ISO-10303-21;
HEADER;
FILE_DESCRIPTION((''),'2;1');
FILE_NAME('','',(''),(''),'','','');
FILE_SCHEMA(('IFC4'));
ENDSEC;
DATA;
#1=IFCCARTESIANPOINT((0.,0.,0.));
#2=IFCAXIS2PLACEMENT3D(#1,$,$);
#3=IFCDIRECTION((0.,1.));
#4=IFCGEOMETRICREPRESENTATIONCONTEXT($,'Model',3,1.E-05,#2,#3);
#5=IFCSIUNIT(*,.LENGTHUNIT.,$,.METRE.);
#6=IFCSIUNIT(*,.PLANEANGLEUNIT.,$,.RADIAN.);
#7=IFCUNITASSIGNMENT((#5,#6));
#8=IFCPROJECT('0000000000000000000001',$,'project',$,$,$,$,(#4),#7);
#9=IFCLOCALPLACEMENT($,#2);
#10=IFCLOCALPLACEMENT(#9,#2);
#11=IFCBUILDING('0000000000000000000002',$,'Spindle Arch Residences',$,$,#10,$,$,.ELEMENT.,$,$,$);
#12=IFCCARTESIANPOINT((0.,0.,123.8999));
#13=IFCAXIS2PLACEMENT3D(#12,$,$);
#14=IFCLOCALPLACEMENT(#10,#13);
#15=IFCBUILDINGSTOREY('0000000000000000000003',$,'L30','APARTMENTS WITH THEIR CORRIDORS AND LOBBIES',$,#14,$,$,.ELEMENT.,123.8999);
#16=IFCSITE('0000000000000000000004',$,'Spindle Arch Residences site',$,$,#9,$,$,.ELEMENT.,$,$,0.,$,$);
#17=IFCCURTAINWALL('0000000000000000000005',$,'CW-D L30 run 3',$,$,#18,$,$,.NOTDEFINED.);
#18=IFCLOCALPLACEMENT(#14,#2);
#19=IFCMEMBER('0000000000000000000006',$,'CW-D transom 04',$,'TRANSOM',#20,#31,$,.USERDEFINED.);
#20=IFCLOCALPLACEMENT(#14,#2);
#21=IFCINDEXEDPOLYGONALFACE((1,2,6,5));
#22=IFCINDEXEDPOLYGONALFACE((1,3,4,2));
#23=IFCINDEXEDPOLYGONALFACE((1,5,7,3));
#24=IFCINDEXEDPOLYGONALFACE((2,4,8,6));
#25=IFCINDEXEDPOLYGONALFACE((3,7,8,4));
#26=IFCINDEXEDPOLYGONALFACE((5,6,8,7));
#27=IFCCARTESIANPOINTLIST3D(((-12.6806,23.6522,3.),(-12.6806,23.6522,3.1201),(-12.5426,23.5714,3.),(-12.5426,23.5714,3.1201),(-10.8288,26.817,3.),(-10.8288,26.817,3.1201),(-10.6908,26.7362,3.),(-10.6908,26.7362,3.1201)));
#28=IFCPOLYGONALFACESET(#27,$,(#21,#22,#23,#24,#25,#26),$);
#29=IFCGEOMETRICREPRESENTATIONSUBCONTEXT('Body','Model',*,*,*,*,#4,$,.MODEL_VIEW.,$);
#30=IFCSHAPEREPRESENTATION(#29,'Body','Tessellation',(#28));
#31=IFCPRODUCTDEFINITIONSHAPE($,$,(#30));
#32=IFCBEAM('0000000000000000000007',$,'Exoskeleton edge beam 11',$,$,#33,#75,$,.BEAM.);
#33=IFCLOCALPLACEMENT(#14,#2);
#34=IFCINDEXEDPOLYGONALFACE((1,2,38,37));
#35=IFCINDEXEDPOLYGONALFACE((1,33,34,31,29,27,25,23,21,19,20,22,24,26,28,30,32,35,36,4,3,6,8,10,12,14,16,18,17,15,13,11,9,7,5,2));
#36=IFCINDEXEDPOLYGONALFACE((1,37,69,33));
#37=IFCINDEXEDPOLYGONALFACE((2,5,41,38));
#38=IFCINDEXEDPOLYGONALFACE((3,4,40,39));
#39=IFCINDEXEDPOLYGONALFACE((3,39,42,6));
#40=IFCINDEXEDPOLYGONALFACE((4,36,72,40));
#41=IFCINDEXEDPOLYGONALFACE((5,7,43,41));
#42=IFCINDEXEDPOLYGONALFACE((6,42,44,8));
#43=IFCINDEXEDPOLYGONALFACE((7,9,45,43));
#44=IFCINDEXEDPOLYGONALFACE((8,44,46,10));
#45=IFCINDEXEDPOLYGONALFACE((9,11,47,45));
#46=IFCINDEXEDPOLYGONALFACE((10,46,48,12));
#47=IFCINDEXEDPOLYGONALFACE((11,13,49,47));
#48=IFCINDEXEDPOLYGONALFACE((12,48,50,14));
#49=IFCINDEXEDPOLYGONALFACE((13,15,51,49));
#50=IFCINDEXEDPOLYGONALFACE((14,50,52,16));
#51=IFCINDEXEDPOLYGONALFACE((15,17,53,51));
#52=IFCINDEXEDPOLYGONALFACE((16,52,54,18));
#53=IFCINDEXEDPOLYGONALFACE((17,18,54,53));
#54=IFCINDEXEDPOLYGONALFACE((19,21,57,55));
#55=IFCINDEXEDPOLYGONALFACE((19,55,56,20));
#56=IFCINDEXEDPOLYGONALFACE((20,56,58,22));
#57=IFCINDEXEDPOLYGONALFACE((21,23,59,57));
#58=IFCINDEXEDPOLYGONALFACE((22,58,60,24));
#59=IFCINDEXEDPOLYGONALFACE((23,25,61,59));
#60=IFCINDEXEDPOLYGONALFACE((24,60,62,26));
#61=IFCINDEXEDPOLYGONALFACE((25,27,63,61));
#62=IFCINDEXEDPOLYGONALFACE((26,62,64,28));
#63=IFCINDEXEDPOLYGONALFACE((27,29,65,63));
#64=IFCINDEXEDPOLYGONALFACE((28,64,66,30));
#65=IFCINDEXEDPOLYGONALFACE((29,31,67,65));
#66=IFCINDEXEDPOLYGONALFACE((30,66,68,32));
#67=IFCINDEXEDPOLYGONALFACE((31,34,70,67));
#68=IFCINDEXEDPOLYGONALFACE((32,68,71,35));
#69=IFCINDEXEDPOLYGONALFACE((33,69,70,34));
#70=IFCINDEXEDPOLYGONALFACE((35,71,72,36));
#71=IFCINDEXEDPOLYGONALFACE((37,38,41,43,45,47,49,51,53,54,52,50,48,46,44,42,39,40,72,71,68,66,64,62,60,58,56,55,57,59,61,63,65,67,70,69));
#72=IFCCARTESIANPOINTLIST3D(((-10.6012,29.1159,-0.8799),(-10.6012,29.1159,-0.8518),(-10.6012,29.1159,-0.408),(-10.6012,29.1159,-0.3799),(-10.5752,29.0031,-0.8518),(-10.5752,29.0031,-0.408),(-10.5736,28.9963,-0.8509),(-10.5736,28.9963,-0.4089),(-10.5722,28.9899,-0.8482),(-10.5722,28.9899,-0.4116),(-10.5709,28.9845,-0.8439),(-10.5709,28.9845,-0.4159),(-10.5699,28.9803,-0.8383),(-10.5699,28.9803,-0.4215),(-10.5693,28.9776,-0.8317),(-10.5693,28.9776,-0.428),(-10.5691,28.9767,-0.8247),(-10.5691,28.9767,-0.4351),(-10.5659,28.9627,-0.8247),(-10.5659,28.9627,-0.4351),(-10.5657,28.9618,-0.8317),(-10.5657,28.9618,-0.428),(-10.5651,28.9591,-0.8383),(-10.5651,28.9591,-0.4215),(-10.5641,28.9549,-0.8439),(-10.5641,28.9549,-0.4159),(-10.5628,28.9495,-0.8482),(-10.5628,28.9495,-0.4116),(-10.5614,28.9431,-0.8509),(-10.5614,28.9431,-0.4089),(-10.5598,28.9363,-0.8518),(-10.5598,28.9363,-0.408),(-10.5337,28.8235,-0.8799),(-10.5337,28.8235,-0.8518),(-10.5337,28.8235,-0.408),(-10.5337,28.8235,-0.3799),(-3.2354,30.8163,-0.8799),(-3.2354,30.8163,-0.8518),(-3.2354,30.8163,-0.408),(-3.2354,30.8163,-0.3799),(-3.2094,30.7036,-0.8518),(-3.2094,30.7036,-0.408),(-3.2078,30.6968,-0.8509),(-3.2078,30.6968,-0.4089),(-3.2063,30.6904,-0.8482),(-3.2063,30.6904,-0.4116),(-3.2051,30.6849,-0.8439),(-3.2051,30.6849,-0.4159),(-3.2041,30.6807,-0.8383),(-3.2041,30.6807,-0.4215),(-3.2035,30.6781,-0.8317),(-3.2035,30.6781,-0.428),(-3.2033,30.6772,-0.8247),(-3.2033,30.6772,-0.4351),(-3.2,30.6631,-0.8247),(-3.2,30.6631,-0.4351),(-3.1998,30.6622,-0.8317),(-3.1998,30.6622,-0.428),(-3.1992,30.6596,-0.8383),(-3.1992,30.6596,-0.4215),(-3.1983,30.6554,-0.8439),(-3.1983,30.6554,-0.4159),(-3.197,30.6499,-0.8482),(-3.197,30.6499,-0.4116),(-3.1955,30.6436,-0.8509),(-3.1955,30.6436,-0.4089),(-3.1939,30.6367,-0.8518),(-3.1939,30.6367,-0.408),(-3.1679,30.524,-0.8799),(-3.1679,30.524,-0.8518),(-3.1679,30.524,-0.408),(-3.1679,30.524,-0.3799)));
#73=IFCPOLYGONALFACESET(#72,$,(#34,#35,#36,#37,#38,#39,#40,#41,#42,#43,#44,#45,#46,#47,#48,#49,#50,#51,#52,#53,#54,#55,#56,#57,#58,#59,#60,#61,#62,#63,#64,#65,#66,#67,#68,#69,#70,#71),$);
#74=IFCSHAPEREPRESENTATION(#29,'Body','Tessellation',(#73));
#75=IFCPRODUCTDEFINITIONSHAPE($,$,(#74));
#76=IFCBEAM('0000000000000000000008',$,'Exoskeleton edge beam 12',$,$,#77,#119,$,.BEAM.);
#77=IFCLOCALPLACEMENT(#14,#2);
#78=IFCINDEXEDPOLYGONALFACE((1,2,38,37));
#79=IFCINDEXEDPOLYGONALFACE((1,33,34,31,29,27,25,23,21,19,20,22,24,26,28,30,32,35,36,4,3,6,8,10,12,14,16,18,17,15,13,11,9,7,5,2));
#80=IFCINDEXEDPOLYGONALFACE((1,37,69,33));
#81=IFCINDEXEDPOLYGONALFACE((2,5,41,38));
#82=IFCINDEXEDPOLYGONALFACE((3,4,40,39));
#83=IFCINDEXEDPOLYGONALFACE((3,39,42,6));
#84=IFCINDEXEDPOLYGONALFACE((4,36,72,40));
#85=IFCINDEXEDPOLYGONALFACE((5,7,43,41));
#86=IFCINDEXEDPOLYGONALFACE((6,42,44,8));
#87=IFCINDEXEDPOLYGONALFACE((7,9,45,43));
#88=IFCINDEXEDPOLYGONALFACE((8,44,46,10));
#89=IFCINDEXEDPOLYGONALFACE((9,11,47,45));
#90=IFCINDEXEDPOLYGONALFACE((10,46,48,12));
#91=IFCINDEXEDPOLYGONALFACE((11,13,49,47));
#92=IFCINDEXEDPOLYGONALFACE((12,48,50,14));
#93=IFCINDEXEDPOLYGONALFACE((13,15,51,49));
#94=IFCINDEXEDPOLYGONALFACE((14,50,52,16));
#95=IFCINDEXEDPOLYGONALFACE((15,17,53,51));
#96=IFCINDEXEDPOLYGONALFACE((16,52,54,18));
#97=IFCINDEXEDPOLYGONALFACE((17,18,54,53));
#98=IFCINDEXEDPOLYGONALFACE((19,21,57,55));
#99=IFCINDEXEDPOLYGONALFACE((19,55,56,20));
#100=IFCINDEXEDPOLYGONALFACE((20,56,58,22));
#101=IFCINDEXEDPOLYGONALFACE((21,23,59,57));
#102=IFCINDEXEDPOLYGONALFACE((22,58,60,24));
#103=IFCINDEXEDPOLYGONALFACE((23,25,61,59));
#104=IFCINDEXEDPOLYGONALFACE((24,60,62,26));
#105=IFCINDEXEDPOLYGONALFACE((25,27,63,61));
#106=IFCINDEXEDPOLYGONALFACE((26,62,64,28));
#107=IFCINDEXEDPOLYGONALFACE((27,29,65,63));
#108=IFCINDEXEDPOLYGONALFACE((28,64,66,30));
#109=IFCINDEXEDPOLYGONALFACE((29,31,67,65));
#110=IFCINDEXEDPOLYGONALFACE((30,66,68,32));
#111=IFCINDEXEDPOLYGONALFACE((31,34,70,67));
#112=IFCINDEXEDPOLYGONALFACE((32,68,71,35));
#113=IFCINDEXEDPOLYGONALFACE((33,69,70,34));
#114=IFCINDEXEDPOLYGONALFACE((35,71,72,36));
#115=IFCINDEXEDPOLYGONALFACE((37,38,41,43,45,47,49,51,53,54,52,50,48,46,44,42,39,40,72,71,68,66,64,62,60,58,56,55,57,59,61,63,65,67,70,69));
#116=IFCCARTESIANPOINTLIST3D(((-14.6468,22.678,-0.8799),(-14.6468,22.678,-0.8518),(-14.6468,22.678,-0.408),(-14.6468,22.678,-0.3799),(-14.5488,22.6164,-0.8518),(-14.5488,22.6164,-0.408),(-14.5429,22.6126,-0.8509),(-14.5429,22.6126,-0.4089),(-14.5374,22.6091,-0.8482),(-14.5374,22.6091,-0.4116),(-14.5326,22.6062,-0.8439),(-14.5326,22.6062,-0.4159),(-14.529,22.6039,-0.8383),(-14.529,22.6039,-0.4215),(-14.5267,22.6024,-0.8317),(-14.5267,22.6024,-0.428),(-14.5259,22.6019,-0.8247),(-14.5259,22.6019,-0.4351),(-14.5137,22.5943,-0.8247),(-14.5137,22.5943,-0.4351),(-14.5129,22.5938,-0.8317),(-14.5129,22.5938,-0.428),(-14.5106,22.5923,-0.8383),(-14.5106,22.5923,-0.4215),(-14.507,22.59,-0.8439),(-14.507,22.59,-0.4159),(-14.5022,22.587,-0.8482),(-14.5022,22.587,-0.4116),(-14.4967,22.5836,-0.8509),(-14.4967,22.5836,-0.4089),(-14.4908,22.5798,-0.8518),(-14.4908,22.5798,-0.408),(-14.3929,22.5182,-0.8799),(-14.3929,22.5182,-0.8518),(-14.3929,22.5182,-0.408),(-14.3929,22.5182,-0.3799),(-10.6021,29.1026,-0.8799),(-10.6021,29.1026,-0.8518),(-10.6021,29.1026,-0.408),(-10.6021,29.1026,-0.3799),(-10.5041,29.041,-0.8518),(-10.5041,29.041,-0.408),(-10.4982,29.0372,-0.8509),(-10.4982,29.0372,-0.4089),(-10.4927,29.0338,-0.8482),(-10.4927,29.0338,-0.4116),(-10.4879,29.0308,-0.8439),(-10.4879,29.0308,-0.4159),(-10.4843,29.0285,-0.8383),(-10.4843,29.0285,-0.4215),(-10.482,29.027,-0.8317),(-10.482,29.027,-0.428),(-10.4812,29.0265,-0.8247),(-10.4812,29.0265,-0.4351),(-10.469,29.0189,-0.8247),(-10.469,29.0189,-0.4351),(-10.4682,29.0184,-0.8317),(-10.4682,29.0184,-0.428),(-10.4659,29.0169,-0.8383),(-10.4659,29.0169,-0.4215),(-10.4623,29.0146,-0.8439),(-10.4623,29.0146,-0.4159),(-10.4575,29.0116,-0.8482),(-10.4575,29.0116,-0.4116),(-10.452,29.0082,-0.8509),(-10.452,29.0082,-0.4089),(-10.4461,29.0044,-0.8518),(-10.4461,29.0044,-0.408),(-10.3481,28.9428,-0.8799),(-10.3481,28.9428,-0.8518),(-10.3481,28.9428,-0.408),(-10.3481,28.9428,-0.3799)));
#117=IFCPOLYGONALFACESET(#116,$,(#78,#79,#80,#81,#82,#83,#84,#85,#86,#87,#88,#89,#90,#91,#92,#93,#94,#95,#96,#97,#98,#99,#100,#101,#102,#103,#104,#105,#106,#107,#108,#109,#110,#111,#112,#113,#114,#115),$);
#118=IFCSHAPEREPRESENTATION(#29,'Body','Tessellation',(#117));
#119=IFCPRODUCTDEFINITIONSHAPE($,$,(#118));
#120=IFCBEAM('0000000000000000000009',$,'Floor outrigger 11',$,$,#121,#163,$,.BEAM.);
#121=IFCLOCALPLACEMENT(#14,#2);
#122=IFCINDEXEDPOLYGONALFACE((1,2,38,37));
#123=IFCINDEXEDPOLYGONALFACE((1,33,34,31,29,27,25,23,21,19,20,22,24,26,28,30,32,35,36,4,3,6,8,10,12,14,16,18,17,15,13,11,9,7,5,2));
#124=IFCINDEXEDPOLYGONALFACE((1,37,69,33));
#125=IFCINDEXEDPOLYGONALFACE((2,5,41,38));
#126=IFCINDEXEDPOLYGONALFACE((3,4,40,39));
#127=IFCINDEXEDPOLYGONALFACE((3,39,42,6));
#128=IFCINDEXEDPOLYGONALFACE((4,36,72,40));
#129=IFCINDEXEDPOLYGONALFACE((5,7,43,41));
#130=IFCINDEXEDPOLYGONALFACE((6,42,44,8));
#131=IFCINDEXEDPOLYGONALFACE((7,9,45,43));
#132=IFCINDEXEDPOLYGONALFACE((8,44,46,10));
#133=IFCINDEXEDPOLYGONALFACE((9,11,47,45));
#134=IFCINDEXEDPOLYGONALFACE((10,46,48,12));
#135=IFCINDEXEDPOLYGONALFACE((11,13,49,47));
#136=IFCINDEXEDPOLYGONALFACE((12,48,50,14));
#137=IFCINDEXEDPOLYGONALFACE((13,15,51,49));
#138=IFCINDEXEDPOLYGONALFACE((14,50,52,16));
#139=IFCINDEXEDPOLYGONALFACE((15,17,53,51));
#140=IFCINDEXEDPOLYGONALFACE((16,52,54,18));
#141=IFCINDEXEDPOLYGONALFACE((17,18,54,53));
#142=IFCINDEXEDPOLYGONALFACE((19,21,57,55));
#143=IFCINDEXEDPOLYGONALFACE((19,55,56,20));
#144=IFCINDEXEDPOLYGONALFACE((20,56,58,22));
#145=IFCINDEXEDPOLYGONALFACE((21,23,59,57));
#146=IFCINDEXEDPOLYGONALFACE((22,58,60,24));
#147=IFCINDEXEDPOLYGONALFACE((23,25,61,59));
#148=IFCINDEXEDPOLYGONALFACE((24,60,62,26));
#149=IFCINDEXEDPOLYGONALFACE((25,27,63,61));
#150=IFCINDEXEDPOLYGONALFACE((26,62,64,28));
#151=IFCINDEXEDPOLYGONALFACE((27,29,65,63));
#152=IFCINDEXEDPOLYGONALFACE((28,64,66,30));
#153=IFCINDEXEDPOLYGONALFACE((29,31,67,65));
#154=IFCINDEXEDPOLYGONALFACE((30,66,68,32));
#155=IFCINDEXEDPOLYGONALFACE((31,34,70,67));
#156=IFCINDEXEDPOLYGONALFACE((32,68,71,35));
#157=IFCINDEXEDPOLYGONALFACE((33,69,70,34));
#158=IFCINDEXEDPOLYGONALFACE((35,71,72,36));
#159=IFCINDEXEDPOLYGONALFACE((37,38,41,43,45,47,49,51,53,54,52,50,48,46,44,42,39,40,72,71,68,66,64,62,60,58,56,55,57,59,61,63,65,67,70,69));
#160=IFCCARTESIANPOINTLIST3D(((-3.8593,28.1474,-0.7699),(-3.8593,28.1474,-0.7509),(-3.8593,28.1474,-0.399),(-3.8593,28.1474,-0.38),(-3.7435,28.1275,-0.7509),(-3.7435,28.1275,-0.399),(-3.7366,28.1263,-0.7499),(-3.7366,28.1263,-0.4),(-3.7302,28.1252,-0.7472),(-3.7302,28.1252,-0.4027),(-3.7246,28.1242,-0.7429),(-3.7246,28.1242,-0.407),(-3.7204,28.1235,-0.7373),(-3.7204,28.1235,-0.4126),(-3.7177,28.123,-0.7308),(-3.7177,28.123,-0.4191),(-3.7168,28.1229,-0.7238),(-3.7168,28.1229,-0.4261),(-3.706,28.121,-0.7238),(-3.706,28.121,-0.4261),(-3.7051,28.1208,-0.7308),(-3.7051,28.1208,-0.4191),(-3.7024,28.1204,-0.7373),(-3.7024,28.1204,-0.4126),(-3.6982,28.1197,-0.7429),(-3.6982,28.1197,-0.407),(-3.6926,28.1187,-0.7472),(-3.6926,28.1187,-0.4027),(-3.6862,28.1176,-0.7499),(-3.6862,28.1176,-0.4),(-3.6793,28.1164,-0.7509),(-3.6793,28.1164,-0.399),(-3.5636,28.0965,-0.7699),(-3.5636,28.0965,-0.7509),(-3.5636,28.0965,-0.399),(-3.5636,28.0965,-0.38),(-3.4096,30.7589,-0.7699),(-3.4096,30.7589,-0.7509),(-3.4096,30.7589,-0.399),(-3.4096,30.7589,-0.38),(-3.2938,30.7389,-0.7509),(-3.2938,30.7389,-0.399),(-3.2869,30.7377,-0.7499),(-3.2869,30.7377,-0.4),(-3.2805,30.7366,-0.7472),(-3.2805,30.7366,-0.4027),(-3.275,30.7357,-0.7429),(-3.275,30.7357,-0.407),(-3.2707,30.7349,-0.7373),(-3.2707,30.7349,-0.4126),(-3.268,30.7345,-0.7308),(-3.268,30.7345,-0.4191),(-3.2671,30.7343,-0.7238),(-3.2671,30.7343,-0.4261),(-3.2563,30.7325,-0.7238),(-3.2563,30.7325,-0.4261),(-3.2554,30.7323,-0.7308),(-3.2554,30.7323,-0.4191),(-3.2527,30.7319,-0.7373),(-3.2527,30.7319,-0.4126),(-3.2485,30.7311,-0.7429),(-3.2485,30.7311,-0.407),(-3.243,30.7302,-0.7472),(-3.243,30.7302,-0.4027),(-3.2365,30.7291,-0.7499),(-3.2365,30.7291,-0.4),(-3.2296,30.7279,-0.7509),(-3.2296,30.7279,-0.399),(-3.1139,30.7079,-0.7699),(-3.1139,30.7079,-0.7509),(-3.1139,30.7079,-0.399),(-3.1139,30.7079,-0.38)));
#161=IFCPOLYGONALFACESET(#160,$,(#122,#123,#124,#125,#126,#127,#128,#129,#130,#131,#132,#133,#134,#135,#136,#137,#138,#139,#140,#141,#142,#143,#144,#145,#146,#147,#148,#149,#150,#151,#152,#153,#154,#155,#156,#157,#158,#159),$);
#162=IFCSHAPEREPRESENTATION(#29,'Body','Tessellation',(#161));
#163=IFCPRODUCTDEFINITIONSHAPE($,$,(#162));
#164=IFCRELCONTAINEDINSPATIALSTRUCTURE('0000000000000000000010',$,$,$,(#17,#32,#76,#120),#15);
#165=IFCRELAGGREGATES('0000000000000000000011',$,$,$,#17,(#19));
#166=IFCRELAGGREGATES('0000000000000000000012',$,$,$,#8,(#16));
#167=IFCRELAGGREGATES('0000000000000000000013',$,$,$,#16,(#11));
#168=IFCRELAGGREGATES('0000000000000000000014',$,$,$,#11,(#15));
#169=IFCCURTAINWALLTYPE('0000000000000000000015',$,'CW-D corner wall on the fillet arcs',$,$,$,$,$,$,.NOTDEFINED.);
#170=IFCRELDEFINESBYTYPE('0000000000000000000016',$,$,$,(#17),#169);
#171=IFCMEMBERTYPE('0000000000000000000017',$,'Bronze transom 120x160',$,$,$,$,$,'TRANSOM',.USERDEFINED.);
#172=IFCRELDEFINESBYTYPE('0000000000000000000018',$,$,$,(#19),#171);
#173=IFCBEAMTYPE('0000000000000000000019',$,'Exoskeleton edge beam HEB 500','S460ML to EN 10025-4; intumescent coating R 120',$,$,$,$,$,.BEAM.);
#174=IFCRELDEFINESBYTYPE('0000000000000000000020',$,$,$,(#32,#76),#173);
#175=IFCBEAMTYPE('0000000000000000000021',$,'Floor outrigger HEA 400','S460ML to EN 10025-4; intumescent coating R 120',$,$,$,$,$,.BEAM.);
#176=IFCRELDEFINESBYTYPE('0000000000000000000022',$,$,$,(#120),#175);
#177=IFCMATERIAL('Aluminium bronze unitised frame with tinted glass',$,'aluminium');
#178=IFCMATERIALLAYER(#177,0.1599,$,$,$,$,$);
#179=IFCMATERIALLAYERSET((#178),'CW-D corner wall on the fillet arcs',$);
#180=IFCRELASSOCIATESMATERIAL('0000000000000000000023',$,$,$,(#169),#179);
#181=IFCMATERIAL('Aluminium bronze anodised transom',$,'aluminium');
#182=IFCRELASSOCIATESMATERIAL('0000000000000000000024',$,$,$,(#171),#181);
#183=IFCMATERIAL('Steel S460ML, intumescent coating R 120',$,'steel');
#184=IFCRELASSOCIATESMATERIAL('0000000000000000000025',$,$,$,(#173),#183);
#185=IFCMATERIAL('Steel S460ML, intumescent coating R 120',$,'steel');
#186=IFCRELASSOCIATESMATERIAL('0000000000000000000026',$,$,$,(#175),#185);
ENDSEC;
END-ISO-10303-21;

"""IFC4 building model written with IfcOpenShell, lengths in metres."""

from ifc_helpers import new_model, si_unit, direction, frame, origin, origin_2d, place, context, subcontext, project, spatial, rectangle, i_section, extrude, material, layer, layer_set, material_profile, profile_set, type_object, element, aggregate, save


model = new_model("IFC4")

# Units and contexts
model_context = context("Model", 3, precision=1e-05, world=origin(), true_north=direction((0.0, 1.0)))
body_context = subcontext(model_context, "Body", "Model", "MODEL_VIEW")
ifc_project = project(units=[si_unit("LENGTHUNIT", "METRE"), si_unit("PLANEANGLEUNIT", "RADIAN")], contexts=[model_context])

# Site, building, storey
site_placement = place(None, origin())
site = spatial("IfcSite", under=ifc_project, at=site_placement, Name="Spindle Arch Residences site", CompositionType="ELEMENT", RefElevation=0.0)
building_placement = place(site_placement, origin())
building = spatial("IfcBuilding", under=site, at=building_placement, Name="Spindle Arch Residences", CompositionType="ELEMENT")
storey_placement = place(building_placement, frame((0.0, 0.0, 123.8999)))
storey = spatial("IfcBuildingStorey", under=building, at=storey_placement, Name="L30", Description="APARTMENTS WITH THEIR CORRIDORS AND LOBBIES", CompositionType="ELEMENT", Elevation=123.8999)

# Curtain wall, member
ifc_material_1 = material(Name="Aluminium bronze unitised frame with tinted glass", Category="aluminium")
ifc_layer_1 = layer(ifc_material_1, 0.1599)
ifc_layer_set_1 = layer_set([ifc_layer_1], Name="CW-D corner wall on the fillet arcs")
curtain_wall_type = type_object("IfcCurtainWallType", Name="CW-D corner wall on the fillet arcs", PredefinedType="NOTDEFINED", material=ifc_layer_set_1)
curtain_wall_placement = place(storey_placement, origin())
curtain_wall = element("IfcCurtainWall", 1, at=curtain_wall_placement, inside=storey, type_object=curtain_wall_type, Name="CW-D L30 run 3", PredefinedType="NOTDEFINED")
ifc_material_2 = material(Name="Aluminium bronze anodised transom", Category="aluminium")
ifc_material_profile_1 = material_profile(ifc_material_2, rectangle(XDim=0.1599, YDim=0.1201, at=origin_2d()), Name="TR 120x160")
ifc_profile_set_1 = profile_set([ifc_material_profile_1], Name="Aluminium bronze anodised transom")
member_type_1 = type_object("IfcMemberType", Name="Bronze transom 120x160", ElementType="TRANSOM", PredefinedType="USERDEFINED", material=ifc_profile_set_1)
member_1_placement = place(storey_placement, frame((-10.7598, 26.7766, 3.0601), z_axis=(-0.505026, -0.863104, 0.0), x_axis=(0.863104, -0.505026, 0.0)))
member_1 = element("IfcMember", 2, at=member_1_placement, type_object=member_type_1, Name="CW-D transom 04", ObjectType="TRANSOM", PredefinedType="USERDEFINED", context=body_context, shape_type="SweptSolid", body=[
    extrude(rectangle(XDim=0.1599, YDim=0.1201, at=origin_2d()), origin(), (0.0, 0.0, 1.0), 3.6667),
])

# Beams
ifc_material_3 = material(Name="Steel S460ML, intumescent coating R 120", Category="steel")
ifc_material_profile_2 = material_profile(ifc_material_3, i_section(OverallWidth=0.3, OverallDepth=0.5, WebThickness=0.0144, FlangeThickness=0.0281, FilletRadius=0.0271, at=origin_2d()), Name="HEB 500")
ifc_profile_set_2 = profile_set([ifc_material_profile_2], Name="Steel S460ML, intumescent coating R 120")
beam_type_1 = type_object("IfcBeamType", Name="Exoskeleton edge beam HEB 500", Description="S460ML to EN 10025-4; intumescent coating R 120", PredefinedType="BEAM", material=ifc_profile_set_2)
beam_1_placement = place(storey_placement, frame((-3.2017, 30.6702, -0.6299), z_axis=(-0.974372, -0.224942, 0.0), x_axis=(0.224942, -0.974372, 0.0)))
element("IfcBeam", 3, at=beam_1_placement, inside=storey, type_object=beam_type_1, Name="Exoskeleton edge beam 11", PredefinedType="BEAM", context=body_context, shape_type="SweptSolid", body=[
    extrude(i_section(OverallWidth=0.3, OverallDepth=0.5, WebThickness=0.0144, FlangeThickness=0.0281, FilletRadius=0.0271, at=origin_2d()), origin(), (0.0, 0.0, 1.0), 7.5596),
])
beam_2_placement = place(storey_placement, frame((-10.4751, 29.0227, -0.6299), z_axis=(-0.532774, -0.846258, 0.0), x_axis=(0.846258, -0.532774, 0.0)))
element("IfcBeam", 4, at=beam_2_placement, inside=storey, type_object=beam_type_1, Name="Exoskeleton edge beam 12", PredefinedType="BEAM", context=body_context, shape_type="SweptSolid", body=[
    extrude(i_section(OverallWidth=0.3, OverallDepth=0.5, WebThickness=0.0144, FlangeThickness=0.0281, FilletRadius=0.0271, at=origin_2d()), origin(), (0.0, 0.0, 1.0), 7.5918),
])
ifc_material_4 = material(Name="Steel S460ML, intumescent coating R 120", Category="steel")
ifc_material_profile_3 = material_profile(ifc_material_4, i_section(OverallWidth=0.3, OverallDepth=0.3899, WebThickness=0.011, FlangeThickness=0.019, FilletRadius=0.0271, at=origin_2d()), Name="HEA 400")
ifc_profile_set_3 = profile_set([ifc_material_profile_3], Name="Steel S460ML, intumescent coating R 120")
beam_type_2 = type_object("IfcBeamType", Name="Floor outrigger HEA 400", Description="S460ML to EN 10025-4; intumescent coating R 120", PredefinedType="BEAM", material=ifc_profile_set_3)
for number, where, z_axis, x_axis, name in (
    (5, (-3.2617, 30.7334, -0.575), (-0.1697, -0.985496, 0.0), (0.985496, -0.1697, 0.0), "Floor outrigger 11"),
):
    element("IfcBeam", number, at=place(storey_placement, frame(where, z_axis=z_axis, x_axis=x_axis)), inside=storey, type_object=beam_type_2, Name=name, PredefinedType="BEAM", context=body_context, shape_type="SweptSolid", body=[
        extrude(i_section(OverallWidth=0.3, OverallDepth=0.3899, WebThickness=0.011, FlangeThickness=0.019, FilletRadius=0.0271, at=origin_2d()), origin(), (0.0, 0.0, 1.0), 2.6499),
    ])

aggregate(curtain_wall, [member_1])

save(model, "model.ifc")
